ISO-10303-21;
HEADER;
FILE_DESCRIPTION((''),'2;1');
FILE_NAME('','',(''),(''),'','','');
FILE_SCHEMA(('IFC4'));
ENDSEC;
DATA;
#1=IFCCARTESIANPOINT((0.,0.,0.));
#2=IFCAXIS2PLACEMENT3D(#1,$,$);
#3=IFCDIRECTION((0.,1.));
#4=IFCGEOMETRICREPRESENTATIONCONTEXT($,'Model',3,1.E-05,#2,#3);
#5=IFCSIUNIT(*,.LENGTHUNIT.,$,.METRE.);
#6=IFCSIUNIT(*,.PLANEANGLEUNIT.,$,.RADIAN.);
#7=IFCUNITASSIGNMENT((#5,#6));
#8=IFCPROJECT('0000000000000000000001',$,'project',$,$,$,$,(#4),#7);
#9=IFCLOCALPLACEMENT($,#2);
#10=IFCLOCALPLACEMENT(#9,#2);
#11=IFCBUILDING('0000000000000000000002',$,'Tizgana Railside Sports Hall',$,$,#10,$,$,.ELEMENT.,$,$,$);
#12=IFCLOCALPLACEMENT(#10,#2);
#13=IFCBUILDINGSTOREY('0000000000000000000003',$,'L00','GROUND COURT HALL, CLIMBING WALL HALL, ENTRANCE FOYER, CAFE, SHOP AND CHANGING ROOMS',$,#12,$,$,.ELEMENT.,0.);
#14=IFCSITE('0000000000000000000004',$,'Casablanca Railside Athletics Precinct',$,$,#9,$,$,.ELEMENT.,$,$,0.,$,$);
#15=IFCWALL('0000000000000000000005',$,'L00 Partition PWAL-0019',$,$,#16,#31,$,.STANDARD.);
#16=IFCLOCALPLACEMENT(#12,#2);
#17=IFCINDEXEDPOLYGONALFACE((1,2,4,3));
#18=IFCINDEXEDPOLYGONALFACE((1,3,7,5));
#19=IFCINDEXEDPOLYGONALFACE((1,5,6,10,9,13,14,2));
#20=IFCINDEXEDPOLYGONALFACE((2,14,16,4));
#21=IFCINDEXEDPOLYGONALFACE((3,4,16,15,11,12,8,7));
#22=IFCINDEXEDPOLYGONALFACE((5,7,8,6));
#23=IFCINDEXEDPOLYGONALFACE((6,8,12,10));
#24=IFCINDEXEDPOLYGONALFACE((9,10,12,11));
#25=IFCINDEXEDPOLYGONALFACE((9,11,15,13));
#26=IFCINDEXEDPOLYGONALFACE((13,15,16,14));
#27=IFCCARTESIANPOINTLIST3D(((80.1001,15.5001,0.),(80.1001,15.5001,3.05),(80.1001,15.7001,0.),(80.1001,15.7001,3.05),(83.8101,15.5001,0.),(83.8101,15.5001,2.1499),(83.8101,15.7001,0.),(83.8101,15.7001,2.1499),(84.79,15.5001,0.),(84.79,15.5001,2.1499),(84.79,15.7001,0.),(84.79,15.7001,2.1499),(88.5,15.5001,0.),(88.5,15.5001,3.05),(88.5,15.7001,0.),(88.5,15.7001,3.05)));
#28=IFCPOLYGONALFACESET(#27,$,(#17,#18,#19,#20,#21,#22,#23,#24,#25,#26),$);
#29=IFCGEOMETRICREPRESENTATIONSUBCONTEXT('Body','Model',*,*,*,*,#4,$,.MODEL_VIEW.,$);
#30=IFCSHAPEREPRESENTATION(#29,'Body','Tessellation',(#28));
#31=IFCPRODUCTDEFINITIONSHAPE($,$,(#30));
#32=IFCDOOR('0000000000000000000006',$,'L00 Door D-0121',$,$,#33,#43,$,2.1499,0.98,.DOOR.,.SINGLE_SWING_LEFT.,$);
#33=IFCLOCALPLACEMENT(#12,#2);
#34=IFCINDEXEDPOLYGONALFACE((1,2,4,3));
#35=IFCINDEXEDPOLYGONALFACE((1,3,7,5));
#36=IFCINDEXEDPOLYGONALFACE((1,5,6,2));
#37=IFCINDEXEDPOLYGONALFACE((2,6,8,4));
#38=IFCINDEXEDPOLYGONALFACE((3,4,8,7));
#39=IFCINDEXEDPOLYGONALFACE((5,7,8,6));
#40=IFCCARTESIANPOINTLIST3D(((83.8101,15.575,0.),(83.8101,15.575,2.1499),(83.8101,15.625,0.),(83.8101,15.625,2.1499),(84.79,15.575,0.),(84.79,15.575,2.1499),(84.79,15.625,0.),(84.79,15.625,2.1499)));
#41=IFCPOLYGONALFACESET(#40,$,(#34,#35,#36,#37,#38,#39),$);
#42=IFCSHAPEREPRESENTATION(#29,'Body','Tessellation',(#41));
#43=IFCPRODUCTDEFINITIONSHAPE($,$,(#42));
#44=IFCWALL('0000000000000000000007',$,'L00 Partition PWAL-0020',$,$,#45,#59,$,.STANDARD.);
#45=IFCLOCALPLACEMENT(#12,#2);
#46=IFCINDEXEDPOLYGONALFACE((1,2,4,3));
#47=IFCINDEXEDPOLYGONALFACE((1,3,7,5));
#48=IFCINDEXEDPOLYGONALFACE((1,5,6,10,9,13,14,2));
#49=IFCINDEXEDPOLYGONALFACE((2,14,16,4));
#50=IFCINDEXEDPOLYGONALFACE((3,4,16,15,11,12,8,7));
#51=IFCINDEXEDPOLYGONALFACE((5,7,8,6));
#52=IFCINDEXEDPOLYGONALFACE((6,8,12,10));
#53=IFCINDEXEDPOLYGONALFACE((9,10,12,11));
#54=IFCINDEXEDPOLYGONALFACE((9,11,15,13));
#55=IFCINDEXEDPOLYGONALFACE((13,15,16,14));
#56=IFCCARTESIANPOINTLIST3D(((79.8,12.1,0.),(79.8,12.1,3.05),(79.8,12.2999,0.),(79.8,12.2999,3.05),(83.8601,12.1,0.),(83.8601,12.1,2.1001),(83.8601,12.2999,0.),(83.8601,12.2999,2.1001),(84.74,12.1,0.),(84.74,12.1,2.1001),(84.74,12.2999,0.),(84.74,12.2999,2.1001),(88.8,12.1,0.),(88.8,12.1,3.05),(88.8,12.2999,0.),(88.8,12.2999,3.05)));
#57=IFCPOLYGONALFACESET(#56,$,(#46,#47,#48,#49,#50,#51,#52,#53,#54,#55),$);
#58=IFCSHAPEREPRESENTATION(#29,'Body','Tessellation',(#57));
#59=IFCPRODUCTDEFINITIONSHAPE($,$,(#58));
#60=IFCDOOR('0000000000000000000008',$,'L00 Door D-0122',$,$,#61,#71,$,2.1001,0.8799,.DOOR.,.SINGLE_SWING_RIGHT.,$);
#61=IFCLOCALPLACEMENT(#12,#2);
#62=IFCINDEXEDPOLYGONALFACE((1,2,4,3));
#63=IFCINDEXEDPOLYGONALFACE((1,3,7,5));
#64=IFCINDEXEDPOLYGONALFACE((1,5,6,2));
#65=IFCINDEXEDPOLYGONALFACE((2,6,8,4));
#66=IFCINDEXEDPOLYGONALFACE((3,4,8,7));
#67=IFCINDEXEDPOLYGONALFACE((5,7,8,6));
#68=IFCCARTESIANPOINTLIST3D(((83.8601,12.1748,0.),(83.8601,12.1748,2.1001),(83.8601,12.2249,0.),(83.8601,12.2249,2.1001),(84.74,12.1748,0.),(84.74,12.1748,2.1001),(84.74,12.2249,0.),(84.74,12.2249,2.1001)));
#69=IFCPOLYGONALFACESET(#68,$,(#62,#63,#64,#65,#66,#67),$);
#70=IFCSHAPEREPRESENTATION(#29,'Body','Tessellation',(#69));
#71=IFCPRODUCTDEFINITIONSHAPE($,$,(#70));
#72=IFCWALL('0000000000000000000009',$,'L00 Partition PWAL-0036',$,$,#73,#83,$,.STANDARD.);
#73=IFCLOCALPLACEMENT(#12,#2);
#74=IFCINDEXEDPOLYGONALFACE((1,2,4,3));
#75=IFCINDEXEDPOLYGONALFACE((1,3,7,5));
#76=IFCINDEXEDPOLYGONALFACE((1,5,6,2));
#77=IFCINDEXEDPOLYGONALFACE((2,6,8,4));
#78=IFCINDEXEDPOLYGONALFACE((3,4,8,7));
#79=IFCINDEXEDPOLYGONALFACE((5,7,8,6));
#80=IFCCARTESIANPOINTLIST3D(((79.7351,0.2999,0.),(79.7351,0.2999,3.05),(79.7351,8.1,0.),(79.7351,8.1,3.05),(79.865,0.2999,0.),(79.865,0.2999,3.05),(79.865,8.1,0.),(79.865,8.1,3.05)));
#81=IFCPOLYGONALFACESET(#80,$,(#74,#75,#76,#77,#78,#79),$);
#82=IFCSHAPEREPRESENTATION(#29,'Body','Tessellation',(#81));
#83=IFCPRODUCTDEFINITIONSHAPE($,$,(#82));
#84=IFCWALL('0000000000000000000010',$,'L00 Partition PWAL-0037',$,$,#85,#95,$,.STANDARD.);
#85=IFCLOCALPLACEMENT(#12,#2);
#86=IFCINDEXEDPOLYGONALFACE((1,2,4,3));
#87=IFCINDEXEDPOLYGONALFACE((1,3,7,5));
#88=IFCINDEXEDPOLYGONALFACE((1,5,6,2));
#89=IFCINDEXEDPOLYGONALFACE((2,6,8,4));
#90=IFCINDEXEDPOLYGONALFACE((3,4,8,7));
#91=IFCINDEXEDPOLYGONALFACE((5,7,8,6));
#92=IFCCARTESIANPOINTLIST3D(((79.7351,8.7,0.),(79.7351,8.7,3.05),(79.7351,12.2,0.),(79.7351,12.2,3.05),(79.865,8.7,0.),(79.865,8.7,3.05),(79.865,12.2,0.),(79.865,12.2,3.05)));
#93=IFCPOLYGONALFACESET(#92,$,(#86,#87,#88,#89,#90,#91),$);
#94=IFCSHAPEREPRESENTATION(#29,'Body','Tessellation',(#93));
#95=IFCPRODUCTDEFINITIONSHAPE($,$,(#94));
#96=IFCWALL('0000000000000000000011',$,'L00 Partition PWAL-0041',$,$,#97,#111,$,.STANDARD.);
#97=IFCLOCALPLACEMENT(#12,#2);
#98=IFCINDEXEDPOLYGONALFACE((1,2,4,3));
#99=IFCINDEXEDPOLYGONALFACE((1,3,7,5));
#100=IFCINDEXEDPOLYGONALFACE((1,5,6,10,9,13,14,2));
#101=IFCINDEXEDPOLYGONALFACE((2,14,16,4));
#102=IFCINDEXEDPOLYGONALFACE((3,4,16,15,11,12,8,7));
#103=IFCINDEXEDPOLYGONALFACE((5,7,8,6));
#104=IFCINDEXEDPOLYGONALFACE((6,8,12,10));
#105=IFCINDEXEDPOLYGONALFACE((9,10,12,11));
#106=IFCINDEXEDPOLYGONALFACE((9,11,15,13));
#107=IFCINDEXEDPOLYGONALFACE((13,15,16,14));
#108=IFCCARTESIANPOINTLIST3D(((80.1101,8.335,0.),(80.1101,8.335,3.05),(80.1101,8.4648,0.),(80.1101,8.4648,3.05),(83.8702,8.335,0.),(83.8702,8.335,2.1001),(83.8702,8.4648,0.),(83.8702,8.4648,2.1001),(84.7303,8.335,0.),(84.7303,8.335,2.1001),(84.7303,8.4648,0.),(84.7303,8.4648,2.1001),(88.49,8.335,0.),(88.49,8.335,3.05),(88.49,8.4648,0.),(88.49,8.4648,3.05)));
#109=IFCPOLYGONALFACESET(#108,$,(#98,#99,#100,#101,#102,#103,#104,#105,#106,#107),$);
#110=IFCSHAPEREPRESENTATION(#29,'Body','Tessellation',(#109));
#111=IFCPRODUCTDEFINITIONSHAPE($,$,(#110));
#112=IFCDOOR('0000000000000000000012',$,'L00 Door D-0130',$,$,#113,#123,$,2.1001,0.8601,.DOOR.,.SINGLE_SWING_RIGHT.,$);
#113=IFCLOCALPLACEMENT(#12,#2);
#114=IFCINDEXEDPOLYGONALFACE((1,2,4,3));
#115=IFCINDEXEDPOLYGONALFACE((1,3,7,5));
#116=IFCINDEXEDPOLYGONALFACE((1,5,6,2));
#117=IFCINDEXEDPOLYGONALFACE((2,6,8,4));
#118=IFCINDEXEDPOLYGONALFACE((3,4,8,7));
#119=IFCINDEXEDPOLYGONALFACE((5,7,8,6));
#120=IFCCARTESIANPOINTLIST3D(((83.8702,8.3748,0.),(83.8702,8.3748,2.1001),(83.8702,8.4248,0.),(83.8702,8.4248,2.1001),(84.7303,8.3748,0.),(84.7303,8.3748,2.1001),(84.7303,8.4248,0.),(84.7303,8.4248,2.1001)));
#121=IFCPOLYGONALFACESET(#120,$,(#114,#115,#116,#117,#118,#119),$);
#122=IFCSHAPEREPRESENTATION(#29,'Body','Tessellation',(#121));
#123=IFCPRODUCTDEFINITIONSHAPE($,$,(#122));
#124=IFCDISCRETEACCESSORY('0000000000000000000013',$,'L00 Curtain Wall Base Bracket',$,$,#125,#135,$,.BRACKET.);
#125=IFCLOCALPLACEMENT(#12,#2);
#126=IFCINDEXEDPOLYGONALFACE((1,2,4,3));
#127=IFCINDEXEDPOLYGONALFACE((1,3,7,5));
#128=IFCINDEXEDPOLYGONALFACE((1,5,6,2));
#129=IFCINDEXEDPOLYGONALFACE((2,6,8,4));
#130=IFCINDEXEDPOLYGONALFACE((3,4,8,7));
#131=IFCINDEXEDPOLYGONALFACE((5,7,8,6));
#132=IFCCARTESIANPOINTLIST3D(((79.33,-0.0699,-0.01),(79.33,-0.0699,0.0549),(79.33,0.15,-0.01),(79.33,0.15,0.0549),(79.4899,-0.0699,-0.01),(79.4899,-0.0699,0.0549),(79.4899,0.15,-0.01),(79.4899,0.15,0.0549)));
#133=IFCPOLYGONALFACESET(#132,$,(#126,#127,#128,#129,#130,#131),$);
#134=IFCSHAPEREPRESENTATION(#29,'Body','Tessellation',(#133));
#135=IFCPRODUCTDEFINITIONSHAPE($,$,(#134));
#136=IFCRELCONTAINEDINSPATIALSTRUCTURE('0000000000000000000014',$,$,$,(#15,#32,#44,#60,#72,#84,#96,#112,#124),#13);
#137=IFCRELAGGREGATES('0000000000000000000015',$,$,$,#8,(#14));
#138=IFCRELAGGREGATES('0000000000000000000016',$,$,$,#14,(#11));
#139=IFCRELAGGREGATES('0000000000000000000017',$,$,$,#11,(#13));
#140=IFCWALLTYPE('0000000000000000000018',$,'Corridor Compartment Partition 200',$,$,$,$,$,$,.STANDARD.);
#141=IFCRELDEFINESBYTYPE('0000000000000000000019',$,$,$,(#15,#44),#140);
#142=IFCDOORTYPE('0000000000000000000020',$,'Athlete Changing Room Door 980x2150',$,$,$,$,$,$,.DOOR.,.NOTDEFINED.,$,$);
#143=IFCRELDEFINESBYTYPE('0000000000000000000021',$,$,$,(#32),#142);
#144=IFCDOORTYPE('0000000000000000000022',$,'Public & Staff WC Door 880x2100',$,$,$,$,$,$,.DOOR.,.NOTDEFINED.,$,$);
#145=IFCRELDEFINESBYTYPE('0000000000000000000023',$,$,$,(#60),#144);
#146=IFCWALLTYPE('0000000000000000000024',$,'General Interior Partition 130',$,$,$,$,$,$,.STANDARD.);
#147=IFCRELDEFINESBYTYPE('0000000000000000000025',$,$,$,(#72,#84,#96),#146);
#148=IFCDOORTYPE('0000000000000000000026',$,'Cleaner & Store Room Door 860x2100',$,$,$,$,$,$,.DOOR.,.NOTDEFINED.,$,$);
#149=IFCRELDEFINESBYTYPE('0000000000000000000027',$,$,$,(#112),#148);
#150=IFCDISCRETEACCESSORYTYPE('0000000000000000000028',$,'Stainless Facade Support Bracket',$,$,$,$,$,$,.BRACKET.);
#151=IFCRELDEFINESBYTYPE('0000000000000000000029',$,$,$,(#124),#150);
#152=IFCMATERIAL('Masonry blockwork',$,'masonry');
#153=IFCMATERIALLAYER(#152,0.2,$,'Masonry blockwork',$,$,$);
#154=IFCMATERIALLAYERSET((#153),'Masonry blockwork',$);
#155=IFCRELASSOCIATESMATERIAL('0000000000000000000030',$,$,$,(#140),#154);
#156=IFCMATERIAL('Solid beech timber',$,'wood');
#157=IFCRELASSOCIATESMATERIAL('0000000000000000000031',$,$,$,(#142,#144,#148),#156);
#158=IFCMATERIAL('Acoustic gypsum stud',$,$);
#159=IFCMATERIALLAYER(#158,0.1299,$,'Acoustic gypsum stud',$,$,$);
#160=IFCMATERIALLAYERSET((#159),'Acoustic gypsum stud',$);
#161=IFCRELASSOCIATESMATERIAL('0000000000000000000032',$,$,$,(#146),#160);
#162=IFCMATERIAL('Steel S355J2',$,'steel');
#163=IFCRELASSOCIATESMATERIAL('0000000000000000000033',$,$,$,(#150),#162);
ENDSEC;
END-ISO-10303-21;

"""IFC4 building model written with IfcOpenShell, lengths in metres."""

from ifc_helpers import new_model, si_unit, direction, frame, frame_2d, origin, origin_2d, place, context, subcontext, project, spatial, rectangle, extrude, material, layer, layer_set, type_object, element, fill, save


model = new_model("IFC4")

# Units and contexts
model_context = context("Model", 3, precision=1e-05, world=origin(), true_north=direction((0.0, 1.0)))
body_context = subcontext(model_context, "Body", "Model", "MODEL_VIEW")
ifc_project = project(units=[si_unit("LENGTHUNIT", "METRE"), si_unit("PLANEANGLEUNIT", "RADIAN")], contexts=[model_context])

# Site, building, storey
site_placement = place(None, origin())
site = spatial("IfcSite", under=ifc_project, at=site_placement, Name="Casablanca Railside Athletics Precinct", CompositionType="ELEMENT", RefElevation=0.0)
building_placement = place(site_placement, origin())
building = spatial("IfcBuilding", under=site, at=building_placement, Name="Tizgana Railside Sports Hall", CompositionType="ELEMENT")
storey_placement = place(building_placement, origin())
storey = spatial("IfcBuildingStorey", under=building, at=storey_placement, Name="L00", Description="GROUND COURT HALL, CLIMBING WALL HALL, ENTRANCE FOYER, CAFE, SHOP AND CHANGING ROOMS", CompositionType="ELEMENT", Elevation=0.0)

# Shared definitions
ifc_material_1 = material(Name="Steel S355J2", Category="steel")

# Walls, openings, doors
ifc_material_2 = material(Name="Masonry blockwork", Category="masonry")
ifc_layer_1 = layer(ifc_material_2, 0.2, Name="Masonry blockwork")
ifc_layer_set_1 = layer_set([ifc_layer_1], Name="Masonry blockwork")
wall_type_1 = type_object("IfcWallType", Name="Corridor Compartment Partition 200", PredefinedType="STANDARD", material=ifc_layer_set_1)
wall_1_placement = place(storey_placement, frame((80.1001, 15.6001, 0.0), z_axis=(0.0, 0.0, 1.0), x_axis=(1.0, 0.0, 0.0)))
wall_1 = element("IfcWall", 1, at=wall_1_placement, inside=storey, type_object=wall_type_1, Name="L00 Partition PWAL-0019", PredefinedType="STANDARD", context=body_context, shape_type="SweptSolid", body=[
    extrude(rectangle(XDim=8.3999, YDim=0.2, at=frame_2d((4.2, 0.0))), origin(), (0.0, 0.0, 1.0), 3.05),
])
opening_1_placement = place(wall_1_placement, frame((3.71, 0.0, 0.0)))
opening_1 = element("IfcOpeningElement", 2, at=opening_1_placement, cuts=wall_1, PredefinedType="OPENING", context=body_context, shape_type="SweptSolid", body=[
    extrude(rectangle(XDim=0.98, YDim=2.1499, at=frame_2d((0.49, 1.075))), frame((0.0, 0.1099, 0.0), z_axis=(0.0, -1.0, 0.0), x_axis=(1.0, 0.0, 0.0)), (0.0, 0.0, 1.0), 0.22),
])
ifc_material_3 = material(Name="Solid beech timber", Category="wood")
door_type_1 = type_object("IfcDoorType", Name="Athlete Changing Room Door 980x2150", OperationType="NOTDEFINED", PredefinedType="DOOR", material=ifc_material_3)
door_1_placement = place(opening_1_placement, origin())
door_1 = element("IfcDoor", 3, at=door_1_placement, inside=storey, type_object=door_type_1, Name="L00 Door D-0121", OperationType="SINGLE_SWING_LEFT", OverallHeight=2.1499, OverallWidth=0.98, PredefinedType="DOOR", context=body_context, shape_type="SweptSolid", body=[
    extrude(rectangle(XDim=0.98, YDim=2.1499, at=frame_2d((0.49, 1.075))), frame((0.0, 0.0249, 0.0), z_axis=(0.0, -1.0, 0.0), x_axis=(1.0, 0.0, 0.0)), (0.0, 0.0, 1.0), 0.05),
])
fill(opening_1, door_1)
wall_2_placement = place(storey_placement, frame((79.8, 12.2, 0.0), z_axis=(0.0, 0.0, 1.0), x_axis=(1.0, 0.0, 0.0)))
wall_2 = element("IfcWall", 4, at=wall_2_placement, inside=storey, type_object=wall_type_1, Name="L00 Partition PWAL-0020", PredefinedType="STANDARD", context=body_context, shape_type="SweptSolid", body=[
    extrude(rectangle(XDim=9.0, YDim=0.2, at=frame_2d((4.5, 0.0))), origin(), (0.0, 0.0, 1.0), 3.05),
])
opening_2_placement = place(wall_2_placement, frame((4.0601, 0.0, 0.0)))
opening_2 = element("IfcOpeningElement", 5, at=opening_2_placement, cuts=wall_2, PredefinedType="OPENING", context=body_context, shape_type="SweptSolid", body=[
    extrude(rectangle(XDim=0.8799, YDim=2.1001, at=frame_2d((0.4399, 1.05))), frame((0.0, 0.1099, 0.0), z_axis=(0.0, -1.0, 0.0), x_axis=(1.0, 0.0, 0.0)), (0.0, 0.0, 1.0), 0.22),
])
door_type_2 = type_object("IfcDoorType", Name="Public & Staff WC Door 880x2100", OperationType="NOTDEFINED", PredefinedType="DOOR", material=ifc_material_3)
door_2_placement = place(opening_2_placement, origin())
door_2 = element("IfcDoor", 6, at=door_2_placement, inside=storey, type_object=door_type_2, Name="L00 Door D-0122", OperationType="SINGLE_SWING_RIGHT", OverallHeight=2.1001, OverallWidth=0.8799, PredefinedType="DOOR", context=body_context, shape_type="SweptSolid", body=[
    extrude(rectangle(XDim=0.8799, YDim=2.1001, at=frame_2d((0.4399, 1.05))), frame((0.0, 0.0249, 0.0), z_axis=(0.0, -1.0, 0.0), x_axis=(1.0, 0.0, 0.0)), (0.0, 0.0, 1.0), 0.05),
])
fill(opening_2, door_2)

# Walls
ifc_material_4 = material(Name="Acoustic gypsum stud")
ifc_layer_2 = layer(ifc_material_4, 0.1299, Name="Acoustic gypsum stud")
ifc_layer_set_2 = layer_set([ifc_layer_2], Name="Acoustic gypsum stud")
wall_type_2 = type_object("IfcWallType", Name="General Interior Partition 130", PredefinedType="STANDARD", material=ifc_layer_set_2)
wall_3_placement = place(storey_placement, frame((79.8, 0.3, 0.0), z_axis=(0.0, 0.0, 1.0), x_axis=(0.0, 1.0, 0.0)))
element("IfcWall", 7, at=wall_3_placement, inside=storey, type_object=wall_type_2, Name="L00 Partition PWAL-0036", PredefinedType="STANDARD", context=body_context, shape_type="SweptSolid", body=[
    extrude(rectangle(XDim=7.8, YDim=0.1299, at=frame_2d((3.8999, 0.0))), origin(), (0.0, 0.0, 1.0), 3.05),
])
wall_4_placement = place(storey_placement, frame((79.8, 8.7, 0.0), z_axis=(0.0, 0.0, 1.0), x_axis=(0.0, 1.0, 0.0)))
element("IfcWall", 8, at=wall_4_placement, inside=storey, type_object=wall_type_2, Name="L00 Partition PWAL-0037", PredefinedType="STANDARD", context=body_context, shape_type="SweptSolid", body=[
    extrude(rectangle(XDim=3.5, YDim=0.1299, at=frame_2d((1.75, 0.0))), origin(), (0.0, 0.0, 1.0), 3.05),
])

# Wall, opening, door
wall_5_placement = place(storey_placement, frame((80.1101, 8.3999, 0.0), z_axis=(0.0, 0.0, 1.0), x_axis=(1.0, 0.0, 0.0)))
wall_5 = element("IfcWall", 9, at=wall_5_placement, inside=storey, type_object=wall_type_2, Name="L00 Partition PWAL-0041", PredefinedType="STANDARD", context=body_context, shape_type="SweptSolid", body=[
    extrude(rectangle(XDim=8.3799, YDim=0.1299, at=frame_2d((4.1899, 0.0))), origin(), (0.0, 0.0, 1.0), 3.05),
])
opening_3_placement = place(wall_5_placement, frame((3.76, 0.0, 0.0)))
opening_3 = element("IfcOpeningElement", 10, at=opening_3_placement, cuts=wall_5, PredefinedType="OPENING", context=body_context, shape_type="SweptSolid", body=[
    extrude(rectangle(XDim=0.8601, YDim=2.1001, at=frame_2d((0.4302, 1.05))), frame((0.0, 0.075, 0.0), z_axis=(0.0, -1.0, 0.0), x_axis=(1.0, 0.0, 0.0)), (0.0, 0.0, 1.0), 0.1499),
])
door_type_3 = type_object("IfcDoorType", Name="Cleaner & Store Room Door 860x2100", OperationType="NOTDEFINED", PredefinedType="DOOR", material=ifc_material_3)
door_3_placement = place(opening_3_placement, origin())
door_3 = element("IfcDoor", 11, at=door_3_placement, inside=storey, type_object=door_type_3, Name="L00 Door D-0130", OperationType="SINGLE_SWING_RIGHT", OverallHeight=2.1001, OverallWidth=0.8601, PredefinedType="DOOR", context=body_context, shape_type="SweptSolid", body=[
    extrude(rectangle(XDim=0.8601, YDim=2.1001, at=frame_2d((0.4302, 1.05))), frame((0.0, 0.0249, 0.0), z_axis=(0.0, -1.0, 0.0), x_axis=(1.0, 0.0, 0.0)), (0.0, 0.0, 1.0), 0.05),
])
fill(opening_3, door_3)

# Discrete accessory
discrete_accessory_type = type_object("IfcDiscreteAccessoryType", Name="Stainless Facade Support Bracket", PredefinedType="BRACKET", material=ifc_material_1)
discrete_accessory_placement = place(storey_placement, frame((79.4099, 0.04, -0.01), z_axis=(0.0, 0.0, 1.0), x_axis=(-1.0, 0.0, 0.0)))
element("IfcDiscreteAccessory", 12, at=discrete_accessory_placement, inside=storey, type_object=discrete_accessory_type, Name="L00 Curtain Wall Base Bracket", PredefinedType="BRACKET", context=body_context, shape_type="SweptSolid", body=[
    extrude(rectangle(XDim=0.1599, YDim=0.22, at=origin_2d()), origin(), (0.0, 0.0, 1.0), 0.0649),
])

save(model, "model.ifc")
